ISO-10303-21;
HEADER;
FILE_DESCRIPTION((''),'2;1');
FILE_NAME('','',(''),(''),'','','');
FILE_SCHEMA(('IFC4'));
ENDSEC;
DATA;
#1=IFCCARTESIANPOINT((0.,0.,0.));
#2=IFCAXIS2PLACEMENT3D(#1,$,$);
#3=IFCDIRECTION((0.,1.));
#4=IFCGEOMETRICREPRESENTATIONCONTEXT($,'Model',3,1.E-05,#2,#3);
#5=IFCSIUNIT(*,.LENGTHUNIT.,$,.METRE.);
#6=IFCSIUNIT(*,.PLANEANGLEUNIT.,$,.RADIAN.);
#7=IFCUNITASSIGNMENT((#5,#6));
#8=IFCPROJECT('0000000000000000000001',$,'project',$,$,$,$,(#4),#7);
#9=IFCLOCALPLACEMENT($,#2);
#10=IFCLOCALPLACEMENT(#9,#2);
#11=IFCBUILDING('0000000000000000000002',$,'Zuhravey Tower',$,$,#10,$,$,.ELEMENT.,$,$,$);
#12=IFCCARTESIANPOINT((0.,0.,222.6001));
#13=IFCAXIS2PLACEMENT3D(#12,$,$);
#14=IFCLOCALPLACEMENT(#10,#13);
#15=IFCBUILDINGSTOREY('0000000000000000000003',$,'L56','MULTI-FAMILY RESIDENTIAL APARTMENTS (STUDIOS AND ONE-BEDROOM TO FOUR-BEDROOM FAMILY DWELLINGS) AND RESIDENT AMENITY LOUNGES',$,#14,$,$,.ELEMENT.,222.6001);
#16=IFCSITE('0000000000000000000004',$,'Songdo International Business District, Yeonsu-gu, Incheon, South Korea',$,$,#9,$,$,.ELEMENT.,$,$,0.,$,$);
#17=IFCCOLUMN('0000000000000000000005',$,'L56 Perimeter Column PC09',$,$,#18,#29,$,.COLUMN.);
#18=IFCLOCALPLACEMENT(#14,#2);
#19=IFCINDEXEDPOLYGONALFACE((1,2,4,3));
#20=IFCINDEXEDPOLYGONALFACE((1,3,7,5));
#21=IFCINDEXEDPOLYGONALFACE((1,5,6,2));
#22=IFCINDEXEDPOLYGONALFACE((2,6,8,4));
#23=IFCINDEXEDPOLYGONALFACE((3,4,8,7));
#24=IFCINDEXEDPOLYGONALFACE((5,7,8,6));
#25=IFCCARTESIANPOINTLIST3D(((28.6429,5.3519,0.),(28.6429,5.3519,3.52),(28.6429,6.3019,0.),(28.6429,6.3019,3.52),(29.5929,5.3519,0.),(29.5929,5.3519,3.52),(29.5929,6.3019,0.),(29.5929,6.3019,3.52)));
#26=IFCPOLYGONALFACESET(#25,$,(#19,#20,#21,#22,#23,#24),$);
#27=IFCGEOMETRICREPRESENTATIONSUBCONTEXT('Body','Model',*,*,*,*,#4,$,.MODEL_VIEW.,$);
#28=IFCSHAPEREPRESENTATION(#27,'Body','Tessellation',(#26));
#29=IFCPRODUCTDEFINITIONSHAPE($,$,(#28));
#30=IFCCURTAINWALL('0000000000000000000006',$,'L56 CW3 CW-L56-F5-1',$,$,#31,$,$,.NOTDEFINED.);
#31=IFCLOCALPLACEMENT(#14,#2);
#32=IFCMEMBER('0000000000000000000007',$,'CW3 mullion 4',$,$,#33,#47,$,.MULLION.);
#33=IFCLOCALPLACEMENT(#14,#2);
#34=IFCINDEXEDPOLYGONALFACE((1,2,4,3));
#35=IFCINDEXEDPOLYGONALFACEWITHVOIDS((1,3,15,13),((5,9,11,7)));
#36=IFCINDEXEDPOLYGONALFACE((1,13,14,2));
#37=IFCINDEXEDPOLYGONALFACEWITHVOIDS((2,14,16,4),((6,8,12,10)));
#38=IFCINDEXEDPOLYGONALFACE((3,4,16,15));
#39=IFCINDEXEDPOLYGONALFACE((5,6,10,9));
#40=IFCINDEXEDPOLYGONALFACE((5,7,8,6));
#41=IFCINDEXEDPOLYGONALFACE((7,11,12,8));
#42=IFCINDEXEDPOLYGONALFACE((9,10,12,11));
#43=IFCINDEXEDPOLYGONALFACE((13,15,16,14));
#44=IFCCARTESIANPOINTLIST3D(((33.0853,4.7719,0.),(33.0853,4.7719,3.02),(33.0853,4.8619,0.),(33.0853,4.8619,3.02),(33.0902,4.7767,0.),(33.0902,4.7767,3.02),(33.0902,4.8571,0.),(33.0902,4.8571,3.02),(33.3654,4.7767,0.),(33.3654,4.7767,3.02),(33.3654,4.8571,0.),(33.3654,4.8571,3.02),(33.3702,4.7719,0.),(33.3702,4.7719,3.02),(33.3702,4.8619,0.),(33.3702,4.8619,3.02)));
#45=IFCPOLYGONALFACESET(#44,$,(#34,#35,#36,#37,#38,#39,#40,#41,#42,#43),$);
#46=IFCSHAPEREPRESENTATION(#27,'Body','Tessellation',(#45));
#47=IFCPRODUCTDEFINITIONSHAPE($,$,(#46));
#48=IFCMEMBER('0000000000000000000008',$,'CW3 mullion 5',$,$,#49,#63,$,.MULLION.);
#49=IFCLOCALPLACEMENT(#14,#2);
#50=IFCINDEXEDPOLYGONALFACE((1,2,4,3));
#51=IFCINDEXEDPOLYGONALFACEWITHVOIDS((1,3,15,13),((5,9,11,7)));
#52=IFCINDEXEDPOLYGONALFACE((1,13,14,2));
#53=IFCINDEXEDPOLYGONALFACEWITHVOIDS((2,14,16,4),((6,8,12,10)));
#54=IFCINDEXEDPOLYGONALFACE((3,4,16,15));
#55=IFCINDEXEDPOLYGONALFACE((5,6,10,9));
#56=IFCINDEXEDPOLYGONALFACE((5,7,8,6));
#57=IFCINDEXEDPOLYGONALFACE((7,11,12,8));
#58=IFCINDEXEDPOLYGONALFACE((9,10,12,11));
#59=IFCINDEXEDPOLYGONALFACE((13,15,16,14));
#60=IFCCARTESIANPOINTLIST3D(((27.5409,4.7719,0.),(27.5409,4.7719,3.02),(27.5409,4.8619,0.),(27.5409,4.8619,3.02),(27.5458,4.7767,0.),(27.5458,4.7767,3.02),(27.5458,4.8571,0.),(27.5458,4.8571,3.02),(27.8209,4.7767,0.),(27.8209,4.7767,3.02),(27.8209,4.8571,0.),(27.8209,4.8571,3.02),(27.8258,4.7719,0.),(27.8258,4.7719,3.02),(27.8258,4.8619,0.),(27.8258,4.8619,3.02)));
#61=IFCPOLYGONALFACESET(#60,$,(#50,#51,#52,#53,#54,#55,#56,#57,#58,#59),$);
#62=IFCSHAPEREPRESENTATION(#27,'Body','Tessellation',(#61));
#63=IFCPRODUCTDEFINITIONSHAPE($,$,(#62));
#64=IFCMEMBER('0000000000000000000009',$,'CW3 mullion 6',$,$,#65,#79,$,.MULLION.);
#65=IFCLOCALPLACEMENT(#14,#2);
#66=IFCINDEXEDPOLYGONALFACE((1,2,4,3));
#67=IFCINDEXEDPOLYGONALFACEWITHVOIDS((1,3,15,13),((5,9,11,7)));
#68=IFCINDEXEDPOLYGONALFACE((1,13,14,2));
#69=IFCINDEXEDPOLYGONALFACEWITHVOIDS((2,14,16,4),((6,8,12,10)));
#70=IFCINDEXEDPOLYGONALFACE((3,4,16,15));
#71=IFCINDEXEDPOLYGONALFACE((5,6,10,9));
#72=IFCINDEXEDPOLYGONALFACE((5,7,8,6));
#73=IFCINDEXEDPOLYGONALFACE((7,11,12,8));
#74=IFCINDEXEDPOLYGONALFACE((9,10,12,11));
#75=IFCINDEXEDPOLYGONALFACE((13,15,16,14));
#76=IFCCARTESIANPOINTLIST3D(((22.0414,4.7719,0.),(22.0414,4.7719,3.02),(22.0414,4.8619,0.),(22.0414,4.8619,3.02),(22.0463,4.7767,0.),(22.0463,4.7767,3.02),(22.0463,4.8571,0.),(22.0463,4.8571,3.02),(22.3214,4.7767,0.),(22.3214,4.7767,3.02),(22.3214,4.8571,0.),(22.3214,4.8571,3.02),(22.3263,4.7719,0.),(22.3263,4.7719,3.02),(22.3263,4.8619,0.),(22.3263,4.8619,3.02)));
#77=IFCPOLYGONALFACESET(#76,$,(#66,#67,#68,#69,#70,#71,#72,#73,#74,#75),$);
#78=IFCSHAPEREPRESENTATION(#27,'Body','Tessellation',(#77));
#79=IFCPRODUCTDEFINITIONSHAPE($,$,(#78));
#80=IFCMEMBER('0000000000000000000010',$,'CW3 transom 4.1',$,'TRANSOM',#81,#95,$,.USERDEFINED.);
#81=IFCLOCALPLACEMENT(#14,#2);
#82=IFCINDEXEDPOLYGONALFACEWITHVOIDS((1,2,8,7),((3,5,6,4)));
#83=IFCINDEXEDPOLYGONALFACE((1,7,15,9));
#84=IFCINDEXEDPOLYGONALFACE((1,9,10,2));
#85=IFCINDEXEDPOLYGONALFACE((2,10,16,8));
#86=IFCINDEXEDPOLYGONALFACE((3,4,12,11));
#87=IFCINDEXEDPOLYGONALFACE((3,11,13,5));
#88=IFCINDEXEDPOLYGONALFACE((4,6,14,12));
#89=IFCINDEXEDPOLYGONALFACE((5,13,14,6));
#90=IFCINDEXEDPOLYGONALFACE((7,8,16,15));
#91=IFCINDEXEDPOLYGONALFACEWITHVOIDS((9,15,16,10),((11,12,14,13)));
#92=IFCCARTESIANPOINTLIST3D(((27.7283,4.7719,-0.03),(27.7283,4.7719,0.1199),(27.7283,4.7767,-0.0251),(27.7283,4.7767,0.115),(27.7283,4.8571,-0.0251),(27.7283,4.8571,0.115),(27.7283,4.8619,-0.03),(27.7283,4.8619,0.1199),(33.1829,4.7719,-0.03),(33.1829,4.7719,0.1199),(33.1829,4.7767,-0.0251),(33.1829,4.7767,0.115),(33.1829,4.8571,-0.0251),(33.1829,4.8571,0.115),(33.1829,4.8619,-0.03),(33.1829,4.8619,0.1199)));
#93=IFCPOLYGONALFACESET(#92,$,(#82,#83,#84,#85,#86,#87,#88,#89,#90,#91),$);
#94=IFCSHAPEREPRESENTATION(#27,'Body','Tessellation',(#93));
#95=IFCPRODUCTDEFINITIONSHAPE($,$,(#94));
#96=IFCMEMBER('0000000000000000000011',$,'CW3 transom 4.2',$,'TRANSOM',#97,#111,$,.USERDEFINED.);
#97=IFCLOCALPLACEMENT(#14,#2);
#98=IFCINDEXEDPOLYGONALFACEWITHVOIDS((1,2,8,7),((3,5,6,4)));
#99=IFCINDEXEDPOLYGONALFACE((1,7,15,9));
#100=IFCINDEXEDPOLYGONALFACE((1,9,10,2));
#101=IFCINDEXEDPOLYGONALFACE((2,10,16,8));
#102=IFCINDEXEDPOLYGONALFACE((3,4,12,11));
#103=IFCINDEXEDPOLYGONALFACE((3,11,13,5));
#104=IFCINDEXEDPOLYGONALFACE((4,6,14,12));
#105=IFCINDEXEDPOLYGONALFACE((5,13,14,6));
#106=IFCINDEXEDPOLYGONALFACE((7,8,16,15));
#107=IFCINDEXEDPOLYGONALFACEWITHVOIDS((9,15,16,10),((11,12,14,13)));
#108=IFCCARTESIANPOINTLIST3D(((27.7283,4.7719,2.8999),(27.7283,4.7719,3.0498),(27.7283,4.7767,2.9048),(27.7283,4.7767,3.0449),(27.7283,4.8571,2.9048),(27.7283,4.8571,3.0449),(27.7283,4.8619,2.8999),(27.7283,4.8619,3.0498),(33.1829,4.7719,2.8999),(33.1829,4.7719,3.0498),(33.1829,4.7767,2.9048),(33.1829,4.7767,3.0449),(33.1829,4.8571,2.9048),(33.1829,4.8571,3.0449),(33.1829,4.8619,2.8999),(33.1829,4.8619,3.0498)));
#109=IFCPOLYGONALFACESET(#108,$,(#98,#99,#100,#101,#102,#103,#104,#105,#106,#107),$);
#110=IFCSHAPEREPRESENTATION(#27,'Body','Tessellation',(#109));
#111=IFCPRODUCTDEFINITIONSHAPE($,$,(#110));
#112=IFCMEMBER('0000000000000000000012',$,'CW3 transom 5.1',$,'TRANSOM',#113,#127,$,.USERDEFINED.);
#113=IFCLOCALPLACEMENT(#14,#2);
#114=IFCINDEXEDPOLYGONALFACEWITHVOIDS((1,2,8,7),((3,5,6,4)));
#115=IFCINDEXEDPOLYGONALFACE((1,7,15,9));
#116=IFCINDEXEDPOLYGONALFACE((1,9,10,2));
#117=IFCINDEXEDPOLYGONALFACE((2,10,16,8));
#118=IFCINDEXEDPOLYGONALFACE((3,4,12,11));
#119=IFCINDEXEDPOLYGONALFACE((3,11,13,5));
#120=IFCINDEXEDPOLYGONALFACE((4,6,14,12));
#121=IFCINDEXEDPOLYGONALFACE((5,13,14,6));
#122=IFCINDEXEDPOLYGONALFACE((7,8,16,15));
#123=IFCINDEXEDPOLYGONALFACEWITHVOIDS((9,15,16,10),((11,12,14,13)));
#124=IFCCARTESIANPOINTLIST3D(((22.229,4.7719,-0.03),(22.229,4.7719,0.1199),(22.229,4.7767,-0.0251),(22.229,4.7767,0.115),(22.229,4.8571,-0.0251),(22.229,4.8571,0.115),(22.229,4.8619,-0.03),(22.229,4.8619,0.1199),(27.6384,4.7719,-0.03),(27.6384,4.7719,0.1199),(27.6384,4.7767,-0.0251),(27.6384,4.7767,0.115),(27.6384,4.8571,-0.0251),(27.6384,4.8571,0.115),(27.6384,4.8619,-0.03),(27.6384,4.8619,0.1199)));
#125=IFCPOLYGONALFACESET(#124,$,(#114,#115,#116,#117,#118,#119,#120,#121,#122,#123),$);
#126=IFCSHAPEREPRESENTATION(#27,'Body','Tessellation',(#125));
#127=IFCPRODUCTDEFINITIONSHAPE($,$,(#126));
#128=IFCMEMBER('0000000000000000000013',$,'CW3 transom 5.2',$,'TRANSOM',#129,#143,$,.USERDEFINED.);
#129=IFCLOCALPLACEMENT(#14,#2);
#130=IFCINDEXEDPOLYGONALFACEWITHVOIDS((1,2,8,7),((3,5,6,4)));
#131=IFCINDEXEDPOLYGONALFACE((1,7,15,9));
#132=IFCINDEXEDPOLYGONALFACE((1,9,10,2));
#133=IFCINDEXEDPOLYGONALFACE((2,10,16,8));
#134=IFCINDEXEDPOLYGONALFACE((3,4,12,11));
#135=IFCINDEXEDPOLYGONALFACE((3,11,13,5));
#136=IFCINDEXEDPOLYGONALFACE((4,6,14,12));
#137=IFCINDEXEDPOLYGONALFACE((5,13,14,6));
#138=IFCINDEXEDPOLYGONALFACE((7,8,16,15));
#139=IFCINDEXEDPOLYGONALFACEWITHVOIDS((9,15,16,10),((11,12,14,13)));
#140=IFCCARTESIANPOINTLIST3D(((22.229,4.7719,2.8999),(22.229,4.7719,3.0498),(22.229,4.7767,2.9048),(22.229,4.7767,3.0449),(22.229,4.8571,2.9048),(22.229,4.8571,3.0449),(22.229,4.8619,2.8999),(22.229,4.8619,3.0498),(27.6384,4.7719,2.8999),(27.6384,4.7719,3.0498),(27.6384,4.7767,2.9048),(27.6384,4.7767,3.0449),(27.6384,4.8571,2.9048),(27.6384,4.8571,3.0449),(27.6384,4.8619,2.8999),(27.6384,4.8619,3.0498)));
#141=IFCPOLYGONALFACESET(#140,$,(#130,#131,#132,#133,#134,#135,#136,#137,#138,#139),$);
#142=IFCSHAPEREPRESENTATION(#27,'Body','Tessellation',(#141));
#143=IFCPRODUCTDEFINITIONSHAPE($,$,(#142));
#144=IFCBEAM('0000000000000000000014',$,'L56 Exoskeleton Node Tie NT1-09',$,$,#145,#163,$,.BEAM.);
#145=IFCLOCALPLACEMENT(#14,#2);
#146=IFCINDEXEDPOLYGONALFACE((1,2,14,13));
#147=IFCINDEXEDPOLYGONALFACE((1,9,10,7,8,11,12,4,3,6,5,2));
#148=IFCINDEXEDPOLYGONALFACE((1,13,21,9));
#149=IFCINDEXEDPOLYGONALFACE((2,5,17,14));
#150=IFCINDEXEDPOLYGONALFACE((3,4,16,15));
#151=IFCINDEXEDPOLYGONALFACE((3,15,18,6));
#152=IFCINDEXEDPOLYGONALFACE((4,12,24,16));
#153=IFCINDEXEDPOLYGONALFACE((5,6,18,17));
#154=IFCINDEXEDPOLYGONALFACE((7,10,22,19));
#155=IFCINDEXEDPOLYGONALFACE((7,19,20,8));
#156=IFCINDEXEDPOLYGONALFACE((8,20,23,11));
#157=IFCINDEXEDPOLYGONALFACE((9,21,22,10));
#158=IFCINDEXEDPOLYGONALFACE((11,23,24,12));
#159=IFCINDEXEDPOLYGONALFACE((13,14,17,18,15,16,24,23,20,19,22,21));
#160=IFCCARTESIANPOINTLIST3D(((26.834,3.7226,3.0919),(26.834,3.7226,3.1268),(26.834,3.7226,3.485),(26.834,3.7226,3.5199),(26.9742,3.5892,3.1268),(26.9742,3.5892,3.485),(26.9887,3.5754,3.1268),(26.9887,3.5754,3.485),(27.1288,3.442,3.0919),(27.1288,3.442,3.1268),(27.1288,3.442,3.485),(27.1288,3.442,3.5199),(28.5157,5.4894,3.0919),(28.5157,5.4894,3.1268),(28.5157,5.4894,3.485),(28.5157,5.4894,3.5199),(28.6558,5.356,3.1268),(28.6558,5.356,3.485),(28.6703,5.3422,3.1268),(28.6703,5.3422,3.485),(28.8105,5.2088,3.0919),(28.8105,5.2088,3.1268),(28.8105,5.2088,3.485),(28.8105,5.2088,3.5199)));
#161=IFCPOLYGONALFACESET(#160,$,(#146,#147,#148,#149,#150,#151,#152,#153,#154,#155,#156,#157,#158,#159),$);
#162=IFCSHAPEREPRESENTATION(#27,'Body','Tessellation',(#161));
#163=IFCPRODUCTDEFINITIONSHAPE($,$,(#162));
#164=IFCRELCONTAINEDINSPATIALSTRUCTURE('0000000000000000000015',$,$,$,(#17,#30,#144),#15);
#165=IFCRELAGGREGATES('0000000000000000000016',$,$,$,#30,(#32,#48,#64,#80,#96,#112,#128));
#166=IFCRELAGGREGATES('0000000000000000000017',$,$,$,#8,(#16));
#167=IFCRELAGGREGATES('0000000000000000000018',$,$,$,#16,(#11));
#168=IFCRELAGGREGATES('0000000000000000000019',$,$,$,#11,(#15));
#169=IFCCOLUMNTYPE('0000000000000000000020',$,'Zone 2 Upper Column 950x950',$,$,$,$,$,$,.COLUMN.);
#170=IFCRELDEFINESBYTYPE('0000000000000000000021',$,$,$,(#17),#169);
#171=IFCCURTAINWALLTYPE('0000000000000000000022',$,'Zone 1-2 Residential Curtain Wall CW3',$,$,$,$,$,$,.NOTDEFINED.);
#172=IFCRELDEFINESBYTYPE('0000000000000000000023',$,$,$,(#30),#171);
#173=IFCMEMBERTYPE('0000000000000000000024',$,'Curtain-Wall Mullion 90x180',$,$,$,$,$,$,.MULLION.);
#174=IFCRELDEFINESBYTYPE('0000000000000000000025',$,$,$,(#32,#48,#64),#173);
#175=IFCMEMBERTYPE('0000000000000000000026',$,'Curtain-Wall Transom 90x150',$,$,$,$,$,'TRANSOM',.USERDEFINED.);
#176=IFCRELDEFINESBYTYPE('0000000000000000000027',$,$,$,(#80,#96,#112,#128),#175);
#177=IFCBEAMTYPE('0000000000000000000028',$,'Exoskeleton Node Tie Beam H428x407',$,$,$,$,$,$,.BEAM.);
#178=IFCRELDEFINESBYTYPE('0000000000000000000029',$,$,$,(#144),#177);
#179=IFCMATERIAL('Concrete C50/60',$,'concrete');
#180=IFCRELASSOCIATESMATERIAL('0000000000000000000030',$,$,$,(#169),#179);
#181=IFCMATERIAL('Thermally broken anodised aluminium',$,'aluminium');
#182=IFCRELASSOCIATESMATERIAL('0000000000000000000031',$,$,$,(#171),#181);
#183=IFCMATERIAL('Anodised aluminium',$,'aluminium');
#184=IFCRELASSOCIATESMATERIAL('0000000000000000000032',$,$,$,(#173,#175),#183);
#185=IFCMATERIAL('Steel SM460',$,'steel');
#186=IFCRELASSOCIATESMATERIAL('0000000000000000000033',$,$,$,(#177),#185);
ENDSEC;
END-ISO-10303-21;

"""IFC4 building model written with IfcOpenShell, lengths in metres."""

from ifc_helpers import new_model, si_unit, direction, frame, origin, origin_2d, place, context, subcontext, project, spatial, rectangle, hollow_rectangle, i_section, extrude, material, material_profile, profile_set, type_object, element, aggregate, save


model = new_model("IFC4")

# Units and contexts
model_context = context("Model", 3, precision=1e-05, world=origin(), true_north=direction((0.0, 1.0)))
body_context = subcontext(model_context, "Body", "Model", "MODEL_VIEW")
ifc_project = project(units=[si_unit("LENGTHUNIT", "METRE"), si_unit("PLANEANGLEUNIT", "RADIAN")], contexts=[model_context])

# Site, building, storey
site_placement = place(None, origin())
site = spatial("IfcSite", under=ifc_project, at=site_placement, Name="Songdo International Business District, Yeonsu-gu, Incheon, South Korea", CompositionType="ELEMENT", RefElevation=0.0)
building_placement = place(site_placement, origin())
building = spatial("IfcBuilding", under=site, at=building_placement, Name="Zuhravey Tower", CompositionType="ELEMENT")
storey_placement = place(building_placement, frame((0.0, 0.0, 222.6001)))
storey = spatial("IfcBuildingStorey", under=building, at=storey_placement, Name="L56", Description="MULTI-FAMILY RESIDENTIAL APARTMENTS (STUDIOS AND ONE-BEDROOM TO FOUR-BEDROOM FAMILY DWELLINGS) AND RESIDENT AMENITY LOUNGES", CompositionType="ELEMENT", Elevation=222.6001)

# Column
ifc_material_1 = material(Name="Concrete C50/60", Category="concrete")
ifc_material_profile_1 = material_profile(ifc_material_1, rectangle(XDim=0.95, YDim=0.95, at=origin_2d()), Name="RC-950x950")
ifc_profile_set_1 = profile_set([ifc_material_profile_1], Name="Concrete C50/60")
column_type = type_object("IfcColumnType", Name="Zone 2 Upper Column 950x950", PredefinedType="COLUMN", material=ifc_profile_set_1)
column_placement = place(storey_placement, frame((29.1179, 5.8269, 0.0), z_axis=(0.0, 0.0, 1.0), x_axis=(1.0, 0.0, 0.0)))
element("IfcColumn", 1, at=column_placement, inside=storey, type_object=column_type, Name="L56 Perimeter Column PC09", PredefinedType="COLUMN", context=body_context, shape_type="SweptSolid", body=[
    extrude(rectangle(XDim=0.95, YDim=0.95, at=origin_2d()), origin(), (0.0, 0.0, 1.0), 3.52),
])

# Curtain wall, members
ifc_material_2 = material(Name="Thermally broken anodised aluminium", Category="aluminium")
curtain_wall_type = type_object("IfcCurtainWallType", Name="Zone 1-2 Residential Curtain Wall CW3", PredefinedType="NOTDEFINED", material=ifc_material_2)
curtain_wall_placement = place(storey_placement, origin())
curtain_wall = element("IfcCurtainWall", 2, at=curtain_wall_placement, inside=storey, type_object=curtain_wall_type, Name="L56 CW3 CW-L56-F5-1", PredefinedType="NOTDEFINED")
ifc_material_3 = material(Name="Anodised aluminium", Category="aluminium")
ifc_material_profile_2 = material_profile(ifc_material_3, hollow_rectangle(XDim=0.0901, YDim=0.2849, WallThickness=0.0049, at=origin_2d()), Name="ALU-RHS-90x285x5")
ifc_profile_set_2 = profile_set([ifc_material_profile_2], Name="Anodised aluminium")
member_type_1 = type_object("IfcMemberType", Name="Curtain-Wall Mullion 90x180", PredefinedType="MULLION", material=ifc_profile_set_2)
member_1_placement = place(storey_placement, frame((33.2278, 4.8169, 0.0), z_axis=(0.0, 0.0, 1.0), x_axis=(0.0, -1.0, 0.0)))
member_1 = element("IfcMember", 3, at=member_1_placement, type_object=member_type_1, Name="CW3 mullion 4", PredefinedType="MULLION", context=body_context, shape_type="SweptSolid", body=[
    extrude(hollow_rectangle(XDim=0.0901, YDim=0.2849, WallThickness=0.0049, at=origin_2d()), origin(), (0.0, 0.0, 1.0), 3.02),
])
member_2_placement = place(storey_placement, frame((27.6833, 4.8169, 0.0), z_axis=(0.0, 0.0, 1.0), x_axis=(0.0, -1.0, 0.0)))
member_2 = element("IfcMember", 4, at=member_2_placement, type_object=member_type_1, Name="CW3 mullion 5", PredefinedType="MULLION", context=body_context, shape_type="SweptSolid", body=[
    extrude(hollow_rectangle(XDim=0.0901, YDim=0.2849, WallThickness=0.0049, at=origin_2d()), origin(), (0.0, 0.0, 1.0), 3.02),
])
member_3_placement = place(storey_placement, frame((22.1838, 4.8169, 0.0), z_axis=(0.0, 0.0, 1.0), x_axis=(0.0, -1.0, 0.0)))
member_3 = element("IfcMember", 5, at=member_3_placement, type_object=member_type_1, Name="CW3 mullion 6", PredefinedType="MULLION", context=body_context, shape_type="SweptSolid", body=[
    extrude(hollow_rectangle(XDim=0.0901, YDim=0.2849, WallThickness=0.0049, at=origin_2d()), origin(), (0.0, 0.0, 1.0), 3.02),
])
ifc_material_profile_3 = material_profile(ifc_material_3, hollow_rectangle(XDim=0.0901, YDim=0.1499, WallThickness=0.0049, at=origin_2d()), Name="ALU-RHS-90x150x5")
ifc_profile_set_3 = profile_set([ifc_material_profile_3], Name="Anodised aluminium")
member_type_2 = type_object("IfcMemberType", Name="Curtain-Wall Transom 90x150", ElementType="TRANSOM", PredefinedType="USERDEFINED", material=ifc_profile_set_3)
member_4_placement = place(storey_placement, frame((33.1829, 4.8169, 0.0449), z_axis=(-1.0, 0.0, 0.0), x_axis=(0.0, -1.0, 0.0)))
member_4 = element("IfcMember", 6, at=member_4_placement, type_object=member_type_2, Name="CW3 transom 4.1", ObjectType="TRANSOM", PredefinedType="USERDEFINED", context=body_context, shape_type="SweptSolid", body=[
    extrude(hollow_rectangle(XDim=0.0901, YDim=0.1499, WallThickness=0.0049, at=origin_2d()), origin(), (0.0, 0.0, 1.0), 5.4546),
])
member_5_placement = place(storey_placement, frame((33.1829, 4.8169, 2.9749), z_axis=(-1.0, 0.0, 0.0), x_axis=(0.0, -1.0, 0.0)))
member_5 = element("IfcMember", 7, at=member_5_placement, type_object=member_type_2, Name="CW3 transom 4.2", ObjectType="TRANSOM", PredefinedType="USERDEFINED", context=body_context, shape_type="SweptSolid", body=[
    extrude(hollow_rectangle(XDim=0.0901, YDim=0.1499, WallThickness=0.0049, at=origin_2d()), origin(), (0.0, 0.0, 1.0), 5.4546),
])
member_6_placement = place(storey_placement, frame((27.6384, 4.8169, 0.0449), z_axis=(-1.0, 0.0, 0.0), x_axis=(0.0, -1.0, 0.0)))
member_6 = element("IfcMember", 8, at=member_6_placement, type_object=member_type_2, Name="CW3 transom 5.1", ObjectType="TRANSOM", PredefinedType="USERDEFINED", context=body_context, shape_type="SweptSolid", body=[
    extrude(hollow_rectangle(XDim=0.0901, YDim=0.1499, WallThickness=0.0049, at=origin_2d()), origin(), (0.0, 0.0, 1.0), 5.4094),
])
member_7_placement = place(storey_placement, frame((27.6384, 4.8169, 2.9749), z_axis=(-1.0, 0.0, 0.0), x_axis=(0.0, -1.0, 0.0)))
member_7 = element("IfcMember", 9, at=member_7_placement, type_object=member_type_2, Name="CW3 transom 5.2", ObjectType="TRANSOM", PredefinedType="USERDEFINED", context=body_context, shape_type="SweptSolid", body=[
    extrude(hollow_rectangle(XDim=0.0901, YDim=0.1499, WallThickness=0.0049, at=origin_2d()), origin(), (0.0, 0.0, 1.0), 5.4094),
])

# Beam
ifc_material_4 = material(Name="Steel SM460", Category="steel")
ifc_material_profile_4 = material_profile(ifc_material_4, i_section(OverallWidth=0.407, OverallDepth=0.428, WebThickness=0.02, FlangeThickness=0.0349, at=origin_2d()), Name="H-428x407x20x35")
ifc_profile_set_4 = profile_set([ifc_material_profile_4], Name="Steel SM460")
beam_type_1 = type_object("IfcBeamType", Name="Exoskeleton Node Tie Beam H428x407", PredefinedType="BEAM", material=ifc_profile_set_4)
beam_1_placement = place(storey_placement, frame((28.6631, 5.3491, 3.3059), z_axis=(-0.689425, -0.724357, 0.0), x_axis=(0.724357, -0.689425, 0.0)))
element("IfcBeam", 10, at=beam_1_placement, inside=storey, type_object=beam_type_1, Name="L56 Exoskeleton Node Tie NT1-09", PredefinedType="BEAM", context=body_context, shape_type="SweptSolid", body=[
    extrude(i_section(OverallWidth=0.407, OverallDepth=0.428, WebThickness=0.02, FlangeThickness=0.0349, at=origin_2d()), origin(), (0.0, 0.0, 1.0), 2.4392),
])

aggregate(curtain_wall, [member_1, member_2, member_3, member_4, member_5, member_6, member_7])

save(model, "model.ifc")
